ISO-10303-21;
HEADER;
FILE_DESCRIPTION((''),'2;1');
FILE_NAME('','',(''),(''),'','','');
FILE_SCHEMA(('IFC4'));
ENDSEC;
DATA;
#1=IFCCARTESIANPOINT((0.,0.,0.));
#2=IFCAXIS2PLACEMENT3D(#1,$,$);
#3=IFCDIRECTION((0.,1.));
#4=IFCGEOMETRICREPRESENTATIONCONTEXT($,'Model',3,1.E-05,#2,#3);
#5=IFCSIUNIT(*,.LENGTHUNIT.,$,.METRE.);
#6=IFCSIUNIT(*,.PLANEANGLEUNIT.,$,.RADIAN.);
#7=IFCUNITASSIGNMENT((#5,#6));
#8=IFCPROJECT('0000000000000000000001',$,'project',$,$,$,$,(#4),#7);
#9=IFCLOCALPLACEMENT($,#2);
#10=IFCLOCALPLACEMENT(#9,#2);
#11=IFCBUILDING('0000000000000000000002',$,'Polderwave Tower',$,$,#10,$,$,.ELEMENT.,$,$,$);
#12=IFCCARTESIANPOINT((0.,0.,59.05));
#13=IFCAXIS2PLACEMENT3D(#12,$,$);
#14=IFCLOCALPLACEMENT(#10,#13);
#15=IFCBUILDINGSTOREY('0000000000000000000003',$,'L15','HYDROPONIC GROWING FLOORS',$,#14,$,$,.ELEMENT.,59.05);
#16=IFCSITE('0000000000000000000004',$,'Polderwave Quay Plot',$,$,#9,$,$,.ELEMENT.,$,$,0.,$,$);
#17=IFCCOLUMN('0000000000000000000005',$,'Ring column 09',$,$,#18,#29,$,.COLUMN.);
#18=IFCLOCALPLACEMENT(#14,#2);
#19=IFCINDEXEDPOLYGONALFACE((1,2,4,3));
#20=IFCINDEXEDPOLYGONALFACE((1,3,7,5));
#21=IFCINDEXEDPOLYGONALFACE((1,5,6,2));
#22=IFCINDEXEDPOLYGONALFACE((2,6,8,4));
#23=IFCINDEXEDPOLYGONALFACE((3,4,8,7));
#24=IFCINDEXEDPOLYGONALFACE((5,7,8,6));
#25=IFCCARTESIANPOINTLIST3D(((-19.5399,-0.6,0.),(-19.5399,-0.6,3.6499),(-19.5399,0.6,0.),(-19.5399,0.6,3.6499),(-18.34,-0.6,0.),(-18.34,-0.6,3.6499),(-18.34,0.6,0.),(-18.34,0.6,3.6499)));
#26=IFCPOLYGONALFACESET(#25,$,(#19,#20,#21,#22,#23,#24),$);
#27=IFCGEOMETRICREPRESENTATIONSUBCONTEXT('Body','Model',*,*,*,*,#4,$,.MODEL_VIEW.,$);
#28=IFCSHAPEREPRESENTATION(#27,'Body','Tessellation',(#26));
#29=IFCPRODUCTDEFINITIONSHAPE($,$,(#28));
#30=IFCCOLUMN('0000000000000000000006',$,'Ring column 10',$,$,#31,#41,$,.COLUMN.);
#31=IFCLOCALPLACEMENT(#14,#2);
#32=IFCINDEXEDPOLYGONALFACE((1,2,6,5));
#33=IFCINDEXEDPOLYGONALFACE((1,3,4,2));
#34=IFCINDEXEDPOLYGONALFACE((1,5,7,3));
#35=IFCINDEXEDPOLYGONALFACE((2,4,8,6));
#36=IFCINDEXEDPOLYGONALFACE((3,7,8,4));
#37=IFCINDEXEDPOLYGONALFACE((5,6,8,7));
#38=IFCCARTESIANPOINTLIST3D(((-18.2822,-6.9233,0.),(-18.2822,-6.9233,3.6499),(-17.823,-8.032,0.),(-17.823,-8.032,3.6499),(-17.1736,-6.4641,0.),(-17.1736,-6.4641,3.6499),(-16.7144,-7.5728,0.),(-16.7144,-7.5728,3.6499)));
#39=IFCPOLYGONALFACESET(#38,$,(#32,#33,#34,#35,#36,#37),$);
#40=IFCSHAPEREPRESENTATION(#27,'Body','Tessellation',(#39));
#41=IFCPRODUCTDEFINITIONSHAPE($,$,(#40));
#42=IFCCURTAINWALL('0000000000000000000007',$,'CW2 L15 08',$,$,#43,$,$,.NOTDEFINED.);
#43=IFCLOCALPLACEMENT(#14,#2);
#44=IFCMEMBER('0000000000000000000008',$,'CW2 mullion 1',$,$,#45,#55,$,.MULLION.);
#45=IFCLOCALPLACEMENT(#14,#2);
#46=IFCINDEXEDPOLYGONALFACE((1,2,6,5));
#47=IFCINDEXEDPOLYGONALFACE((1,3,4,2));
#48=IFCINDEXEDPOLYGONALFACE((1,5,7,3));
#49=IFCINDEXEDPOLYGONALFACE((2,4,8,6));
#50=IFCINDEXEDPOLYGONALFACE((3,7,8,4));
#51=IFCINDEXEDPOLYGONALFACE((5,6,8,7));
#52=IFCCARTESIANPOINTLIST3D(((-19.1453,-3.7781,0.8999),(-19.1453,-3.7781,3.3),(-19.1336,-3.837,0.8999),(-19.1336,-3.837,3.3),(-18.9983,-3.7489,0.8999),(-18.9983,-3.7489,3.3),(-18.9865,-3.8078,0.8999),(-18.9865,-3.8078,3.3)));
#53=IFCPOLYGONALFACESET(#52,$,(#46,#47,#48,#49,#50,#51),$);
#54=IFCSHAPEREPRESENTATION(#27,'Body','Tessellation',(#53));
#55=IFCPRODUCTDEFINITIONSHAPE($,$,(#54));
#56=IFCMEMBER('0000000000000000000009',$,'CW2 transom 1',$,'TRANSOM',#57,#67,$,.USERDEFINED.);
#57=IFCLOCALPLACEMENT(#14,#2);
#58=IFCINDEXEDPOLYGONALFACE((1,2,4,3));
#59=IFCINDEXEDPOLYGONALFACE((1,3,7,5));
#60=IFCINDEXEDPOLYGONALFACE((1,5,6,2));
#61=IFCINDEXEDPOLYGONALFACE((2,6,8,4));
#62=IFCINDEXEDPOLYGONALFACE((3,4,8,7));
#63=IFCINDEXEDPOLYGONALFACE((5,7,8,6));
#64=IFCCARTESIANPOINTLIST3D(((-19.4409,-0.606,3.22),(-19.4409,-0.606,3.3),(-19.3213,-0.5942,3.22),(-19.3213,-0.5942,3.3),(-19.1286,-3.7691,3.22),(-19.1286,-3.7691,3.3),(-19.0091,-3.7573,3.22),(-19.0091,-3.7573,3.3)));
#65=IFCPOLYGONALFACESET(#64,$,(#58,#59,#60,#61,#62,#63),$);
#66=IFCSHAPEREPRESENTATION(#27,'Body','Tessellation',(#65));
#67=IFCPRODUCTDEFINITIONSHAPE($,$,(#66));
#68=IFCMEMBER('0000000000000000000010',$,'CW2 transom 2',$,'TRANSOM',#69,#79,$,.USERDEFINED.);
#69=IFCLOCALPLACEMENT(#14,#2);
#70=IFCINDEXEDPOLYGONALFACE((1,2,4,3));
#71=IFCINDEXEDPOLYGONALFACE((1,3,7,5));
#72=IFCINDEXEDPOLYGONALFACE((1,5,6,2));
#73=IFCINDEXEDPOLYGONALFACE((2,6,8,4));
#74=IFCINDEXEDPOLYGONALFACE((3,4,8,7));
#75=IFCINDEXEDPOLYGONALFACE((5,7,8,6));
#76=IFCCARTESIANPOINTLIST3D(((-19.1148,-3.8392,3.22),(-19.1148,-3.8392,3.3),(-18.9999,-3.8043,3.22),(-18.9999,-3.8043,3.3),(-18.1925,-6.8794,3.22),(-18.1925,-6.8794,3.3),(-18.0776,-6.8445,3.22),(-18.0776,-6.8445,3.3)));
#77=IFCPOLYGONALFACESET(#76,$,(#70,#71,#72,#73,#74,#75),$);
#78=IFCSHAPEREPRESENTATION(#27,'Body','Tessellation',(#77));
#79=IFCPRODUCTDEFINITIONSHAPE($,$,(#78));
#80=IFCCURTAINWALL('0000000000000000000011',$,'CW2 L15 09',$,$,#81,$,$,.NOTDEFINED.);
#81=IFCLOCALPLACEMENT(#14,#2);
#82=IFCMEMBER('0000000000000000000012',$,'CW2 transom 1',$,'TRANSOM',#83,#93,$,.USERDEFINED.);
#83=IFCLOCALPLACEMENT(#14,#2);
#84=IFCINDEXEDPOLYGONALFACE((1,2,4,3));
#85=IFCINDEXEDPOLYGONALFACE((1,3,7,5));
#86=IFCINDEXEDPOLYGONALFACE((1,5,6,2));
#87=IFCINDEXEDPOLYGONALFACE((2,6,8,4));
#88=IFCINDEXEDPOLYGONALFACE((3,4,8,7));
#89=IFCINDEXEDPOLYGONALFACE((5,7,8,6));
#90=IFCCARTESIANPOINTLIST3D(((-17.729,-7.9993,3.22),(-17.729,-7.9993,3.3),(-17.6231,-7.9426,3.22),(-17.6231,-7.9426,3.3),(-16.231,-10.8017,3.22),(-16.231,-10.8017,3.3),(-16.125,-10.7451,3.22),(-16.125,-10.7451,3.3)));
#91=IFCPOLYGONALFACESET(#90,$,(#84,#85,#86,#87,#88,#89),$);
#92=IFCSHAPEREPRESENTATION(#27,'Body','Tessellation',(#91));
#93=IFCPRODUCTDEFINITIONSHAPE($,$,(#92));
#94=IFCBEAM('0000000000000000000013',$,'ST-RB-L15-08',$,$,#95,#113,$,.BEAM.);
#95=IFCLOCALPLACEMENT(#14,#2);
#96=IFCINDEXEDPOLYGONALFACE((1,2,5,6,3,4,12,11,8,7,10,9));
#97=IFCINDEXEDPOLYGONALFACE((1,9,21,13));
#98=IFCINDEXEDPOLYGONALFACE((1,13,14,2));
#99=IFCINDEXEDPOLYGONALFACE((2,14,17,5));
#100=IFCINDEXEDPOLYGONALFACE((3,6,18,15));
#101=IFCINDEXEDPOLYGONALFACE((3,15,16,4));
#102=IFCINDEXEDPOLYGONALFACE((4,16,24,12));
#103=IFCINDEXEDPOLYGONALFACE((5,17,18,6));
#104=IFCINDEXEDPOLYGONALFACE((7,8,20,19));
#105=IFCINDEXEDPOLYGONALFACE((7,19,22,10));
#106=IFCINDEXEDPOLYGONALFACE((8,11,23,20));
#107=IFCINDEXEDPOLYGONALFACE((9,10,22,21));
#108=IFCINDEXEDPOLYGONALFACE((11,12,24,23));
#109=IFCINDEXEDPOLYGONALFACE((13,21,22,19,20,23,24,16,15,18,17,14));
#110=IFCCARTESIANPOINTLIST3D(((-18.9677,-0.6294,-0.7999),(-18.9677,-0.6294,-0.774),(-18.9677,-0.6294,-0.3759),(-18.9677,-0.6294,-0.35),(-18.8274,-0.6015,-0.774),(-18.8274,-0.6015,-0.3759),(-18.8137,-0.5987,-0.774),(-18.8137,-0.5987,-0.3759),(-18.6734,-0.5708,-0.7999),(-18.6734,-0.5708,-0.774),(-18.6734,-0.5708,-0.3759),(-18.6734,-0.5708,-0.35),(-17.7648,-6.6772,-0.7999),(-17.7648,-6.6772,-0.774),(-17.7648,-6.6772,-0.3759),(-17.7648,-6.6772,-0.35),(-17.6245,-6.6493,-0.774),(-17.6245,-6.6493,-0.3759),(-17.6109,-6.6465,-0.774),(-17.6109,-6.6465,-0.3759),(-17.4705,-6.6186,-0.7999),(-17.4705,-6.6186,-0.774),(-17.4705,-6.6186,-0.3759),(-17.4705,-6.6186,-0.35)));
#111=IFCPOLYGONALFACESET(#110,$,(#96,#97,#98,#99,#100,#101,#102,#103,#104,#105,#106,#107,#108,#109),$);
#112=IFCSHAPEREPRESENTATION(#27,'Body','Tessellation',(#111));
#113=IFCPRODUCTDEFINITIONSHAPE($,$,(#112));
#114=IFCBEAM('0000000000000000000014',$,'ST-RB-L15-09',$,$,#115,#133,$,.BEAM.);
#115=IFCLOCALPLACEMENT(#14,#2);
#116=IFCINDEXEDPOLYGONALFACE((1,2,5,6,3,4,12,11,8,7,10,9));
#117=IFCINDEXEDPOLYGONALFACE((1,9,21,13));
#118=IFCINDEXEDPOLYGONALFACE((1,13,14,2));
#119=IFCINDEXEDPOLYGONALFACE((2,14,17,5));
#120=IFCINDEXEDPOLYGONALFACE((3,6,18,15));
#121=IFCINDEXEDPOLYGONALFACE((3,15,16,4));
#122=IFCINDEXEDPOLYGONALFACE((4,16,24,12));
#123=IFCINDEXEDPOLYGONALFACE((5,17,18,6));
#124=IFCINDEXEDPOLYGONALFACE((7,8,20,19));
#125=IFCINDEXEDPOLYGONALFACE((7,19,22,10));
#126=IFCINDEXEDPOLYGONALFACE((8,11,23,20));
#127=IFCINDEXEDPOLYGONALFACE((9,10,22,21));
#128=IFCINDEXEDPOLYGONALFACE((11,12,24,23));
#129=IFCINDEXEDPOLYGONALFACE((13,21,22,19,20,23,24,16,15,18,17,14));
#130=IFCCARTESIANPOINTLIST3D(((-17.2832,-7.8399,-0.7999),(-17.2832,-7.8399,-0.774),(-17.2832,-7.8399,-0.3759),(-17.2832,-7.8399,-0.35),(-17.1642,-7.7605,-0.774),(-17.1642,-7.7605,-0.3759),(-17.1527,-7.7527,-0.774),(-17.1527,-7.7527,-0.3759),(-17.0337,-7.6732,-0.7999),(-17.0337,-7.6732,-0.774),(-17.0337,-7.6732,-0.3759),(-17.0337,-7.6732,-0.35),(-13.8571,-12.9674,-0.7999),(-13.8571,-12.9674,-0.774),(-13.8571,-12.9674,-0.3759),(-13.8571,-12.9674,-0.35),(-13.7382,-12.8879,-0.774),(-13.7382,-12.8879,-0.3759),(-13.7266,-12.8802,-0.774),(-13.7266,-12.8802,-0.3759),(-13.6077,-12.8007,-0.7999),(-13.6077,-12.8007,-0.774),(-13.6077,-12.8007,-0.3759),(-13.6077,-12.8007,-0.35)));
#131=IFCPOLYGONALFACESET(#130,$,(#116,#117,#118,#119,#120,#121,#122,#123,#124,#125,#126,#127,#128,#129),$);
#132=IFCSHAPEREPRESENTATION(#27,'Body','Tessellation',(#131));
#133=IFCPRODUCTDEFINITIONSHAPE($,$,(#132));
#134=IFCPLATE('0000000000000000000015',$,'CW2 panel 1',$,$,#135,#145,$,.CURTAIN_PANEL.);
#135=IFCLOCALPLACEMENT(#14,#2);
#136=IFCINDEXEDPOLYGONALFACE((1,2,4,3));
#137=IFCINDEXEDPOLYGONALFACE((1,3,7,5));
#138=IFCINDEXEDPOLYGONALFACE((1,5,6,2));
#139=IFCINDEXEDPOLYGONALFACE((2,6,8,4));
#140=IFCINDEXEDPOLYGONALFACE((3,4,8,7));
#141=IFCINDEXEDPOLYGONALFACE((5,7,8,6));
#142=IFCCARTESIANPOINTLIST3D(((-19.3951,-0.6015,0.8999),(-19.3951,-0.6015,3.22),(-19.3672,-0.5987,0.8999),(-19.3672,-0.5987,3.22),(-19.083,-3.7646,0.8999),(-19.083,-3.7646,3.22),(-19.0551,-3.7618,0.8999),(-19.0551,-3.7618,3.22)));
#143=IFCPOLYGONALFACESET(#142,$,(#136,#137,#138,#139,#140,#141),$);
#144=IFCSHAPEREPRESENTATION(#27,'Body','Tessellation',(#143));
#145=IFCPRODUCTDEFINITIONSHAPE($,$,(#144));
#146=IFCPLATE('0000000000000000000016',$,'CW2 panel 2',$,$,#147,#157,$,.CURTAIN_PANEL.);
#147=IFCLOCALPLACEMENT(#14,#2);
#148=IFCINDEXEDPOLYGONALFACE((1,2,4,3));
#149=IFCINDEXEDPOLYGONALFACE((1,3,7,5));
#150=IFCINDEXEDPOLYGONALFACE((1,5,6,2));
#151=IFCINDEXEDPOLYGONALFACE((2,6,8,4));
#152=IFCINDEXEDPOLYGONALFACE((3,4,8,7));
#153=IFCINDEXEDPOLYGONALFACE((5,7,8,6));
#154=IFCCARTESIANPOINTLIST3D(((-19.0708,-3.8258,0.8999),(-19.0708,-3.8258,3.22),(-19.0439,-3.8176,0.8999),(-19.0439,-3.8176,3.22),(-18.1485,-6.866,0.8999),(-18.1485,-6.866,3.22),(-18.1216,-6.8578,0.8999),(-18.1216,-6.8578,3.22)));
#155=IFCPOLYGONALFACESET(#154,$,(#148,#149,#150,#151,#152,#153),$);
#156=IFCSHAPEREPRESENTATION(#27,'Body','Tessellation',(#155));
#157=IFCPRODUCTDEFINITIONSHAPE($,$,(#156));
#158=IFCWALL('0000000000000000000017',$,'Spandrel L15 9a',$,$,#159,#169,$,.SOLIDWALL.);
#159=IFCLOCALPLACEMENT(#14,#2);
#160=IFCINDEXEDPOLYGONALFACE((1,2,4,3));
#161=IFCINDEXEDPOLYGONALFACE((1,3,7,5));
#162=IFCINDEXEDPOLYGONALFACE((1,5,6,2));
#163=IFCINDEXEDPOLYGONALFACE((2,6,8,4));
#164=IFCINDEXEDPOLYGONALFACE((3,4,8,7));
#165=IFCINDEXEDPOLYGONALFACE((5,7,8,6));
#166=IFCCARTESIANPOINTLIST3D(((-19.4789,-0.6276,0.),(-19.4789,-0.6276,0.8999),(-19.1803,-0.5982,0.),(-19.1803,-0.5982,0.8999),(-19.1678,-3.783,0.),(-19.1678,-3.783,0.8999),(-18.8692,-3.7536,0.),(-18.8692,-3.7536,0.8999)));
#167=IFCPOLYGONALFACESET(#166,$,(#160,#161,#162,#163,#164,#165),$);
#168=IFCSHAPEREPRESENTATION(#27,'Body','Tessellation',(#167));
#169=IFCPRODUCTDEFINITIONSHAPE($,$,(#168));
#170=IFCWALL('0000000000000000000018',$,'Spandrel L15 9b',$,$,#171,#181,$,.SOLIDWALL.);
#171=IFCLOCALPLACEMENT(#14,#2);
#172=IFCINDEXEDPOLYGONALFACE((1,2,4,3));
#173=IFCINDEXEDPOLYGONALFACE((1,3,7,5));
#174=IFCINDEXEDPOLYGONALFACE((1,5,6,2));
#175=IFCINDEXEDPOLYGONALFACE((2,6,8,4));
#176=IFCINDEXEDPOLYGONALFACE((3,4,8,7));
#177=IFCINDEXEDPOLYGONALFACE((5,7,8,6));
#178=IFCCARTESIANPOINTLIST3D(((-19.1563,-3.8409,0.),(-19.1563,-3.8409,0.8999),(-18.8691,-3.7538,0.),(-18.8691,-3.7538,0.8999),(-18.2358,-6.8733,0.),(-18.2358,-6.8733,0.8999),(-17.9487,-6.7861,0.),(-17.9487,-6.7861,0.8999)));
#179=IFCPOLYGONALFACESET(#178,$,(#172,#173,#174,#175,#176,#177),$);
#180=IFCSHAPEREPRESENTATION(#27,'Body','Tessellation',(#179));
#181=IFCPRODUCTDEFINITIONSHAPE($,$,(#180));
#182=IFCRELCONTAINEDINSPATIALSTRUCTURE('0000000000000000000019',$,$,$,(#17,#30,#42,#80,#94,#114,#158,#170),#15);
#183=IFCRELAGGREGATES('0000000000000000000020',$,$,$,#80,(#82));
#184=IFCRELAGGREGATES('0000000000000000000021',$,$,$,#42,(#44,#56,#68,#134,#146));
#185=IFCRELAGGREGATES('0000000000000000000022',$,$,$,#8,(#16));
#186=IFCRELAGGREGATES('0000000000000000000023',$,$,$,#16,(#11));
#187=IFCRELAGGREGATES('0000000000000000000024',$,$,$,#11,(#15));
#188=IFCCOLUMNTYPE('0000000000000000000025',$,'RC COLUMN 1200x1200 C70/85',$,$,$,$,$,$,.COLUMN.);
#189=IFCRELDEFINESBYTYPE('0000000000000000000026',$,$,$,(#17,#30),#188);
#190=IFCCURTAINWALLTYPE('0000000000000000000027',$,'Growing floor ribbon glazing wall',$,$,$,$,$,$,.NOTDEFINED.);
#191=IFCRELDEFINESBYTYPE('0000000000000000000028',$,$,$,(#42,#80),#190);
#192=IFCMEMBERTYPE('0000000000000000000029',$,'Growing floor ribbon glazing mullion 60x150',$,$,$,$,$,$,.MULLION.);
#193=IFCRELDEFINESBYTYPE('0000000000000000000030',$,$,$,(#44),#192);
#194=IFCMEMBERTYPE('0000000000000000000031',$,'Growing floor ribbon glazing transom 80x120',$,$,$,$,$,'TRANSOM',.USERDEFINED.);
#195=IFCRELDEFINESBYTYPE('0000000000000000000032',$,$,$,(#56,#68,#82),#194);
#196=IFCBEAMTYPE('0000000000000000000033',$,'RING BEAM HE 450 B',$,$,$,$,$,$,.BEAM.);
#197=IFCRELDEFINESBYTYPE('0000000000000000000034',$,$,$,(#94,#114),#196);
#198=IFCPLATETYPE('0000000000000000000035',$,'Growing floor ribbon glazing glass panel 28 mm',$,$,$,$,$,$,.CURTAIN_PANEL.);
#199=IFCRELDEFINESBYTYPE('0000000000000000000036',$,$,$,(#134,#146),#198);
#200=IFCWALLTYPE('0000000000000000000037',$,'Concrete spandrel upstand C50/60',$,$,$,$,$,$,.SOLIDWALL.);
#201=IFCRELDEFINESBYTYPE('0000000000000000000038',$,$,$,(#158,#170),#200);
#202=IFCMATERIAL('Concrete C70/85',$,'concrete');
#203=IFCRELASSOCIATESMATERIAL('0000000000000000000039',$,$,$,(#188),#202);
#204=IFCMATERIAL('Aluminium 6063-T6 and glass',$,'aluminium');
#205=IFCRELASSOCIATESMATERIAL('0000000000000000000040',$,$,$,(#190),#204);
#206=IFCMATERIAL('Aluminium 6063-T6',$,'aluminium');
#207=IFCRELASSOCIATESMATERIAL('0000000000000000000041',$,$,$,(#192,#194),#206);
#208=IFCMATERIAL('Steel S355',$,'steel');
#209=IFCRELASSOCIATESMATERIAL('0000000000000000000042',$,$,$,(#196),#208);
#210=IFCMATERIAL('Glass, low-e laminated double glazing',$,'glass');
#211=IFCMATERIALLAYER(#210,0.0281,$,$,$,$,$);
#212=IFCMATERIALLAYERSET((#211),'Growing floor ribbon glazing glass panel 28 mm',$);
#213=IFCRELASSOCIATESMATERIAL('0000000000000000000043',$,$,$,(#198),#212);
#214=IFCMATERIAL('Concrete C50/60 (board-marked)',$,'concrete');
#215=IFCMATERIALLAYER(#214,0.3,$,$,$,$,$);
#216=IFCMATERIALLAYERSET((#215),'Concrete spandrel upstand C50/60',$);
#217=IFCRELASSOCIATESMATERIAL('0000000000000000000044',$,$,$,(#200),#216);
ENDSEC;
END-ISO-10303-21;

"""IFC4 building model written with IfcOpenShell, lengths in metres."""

from ifc_helpers import new_model, si_unit, direction, frame, frame_2d, origin, origin_2d, place, context, subcontext, project, spatial, rectangle, i_section, extrude, material, layer, layer_set, material_profile, profile_set, type_object, element, aggregate, save


model = new_model("IFC4")

# Units and contexts
model_context = context("Model", 3, precision=1e-05, world=origin(), true_north=direction((0.0, 1.0)))
body_context = subcontext(model_context, "Body", "Model", "MODEL_VIEW")
ifc_project = project(units=[si_unit("LENGTHUNIT", "METRE"), si_unit("PLANEANGLEUNIT", "RADIAN")], contexts=[model_context])

# Site, building, storey
site_placement = place(None, origin())
site = spatial("IfcSite", under=ifc_project, at=site_placement, Name="Polderwave Quay Plot", CompositionType="ELEMENT", RefElevation=0.0)
building_placement = place(site_placement, origin())
building = spatial("IfcBuilding", under=site, at=building_placement, Name="Polderwave Tower", CompositionType="ELEMENT")
storey_placement = place(building_placement, frame((0.0, 0.0, 59.05)))
storey = spatial("IfcBuildingStorey", under=building, at=storey_placement, Name="L15", Description="HYDROPONIC GROWING FLOORS", CompositionType="ELEMENT", Elevation=59.05)

# Columns
ifc_material_1 = material(Name="Concrete C70/85", Category="concrete")
ifc_material_profile_1 = material_profile(ifc_material_1, rectangle(XDim=1.2, YDim=1.2, at=origin_2d()), Name="RC 1200x1200")
ifc_profile_set_1 = profile_set([ifc_material_profile_1], Name="Concrete C70/85")
column_type = type_object("IfcColumnType", Name="RC COLUMN 1200x1200 C70/85", PredefinedType="COLUMN", material=ifc_profile_set_1)
for number, where, z_axis, x_axis, name in (
    (1, (-18.9399, 0.0, 0.0), (0.0, 0.0, 1.0), (-1.0, 0.0, 0.0), "Ring column 09"),
    (2, (-17.4983, -7.248, 0.0), (0.0, 0.0, 1.0), (-0.92388, -0.382683, 0.0), "Ring column 10"),
):
    element("IfcColumn", number, at=place(storey_placement, frame(where, z_axis=z_axis, x_axis=x_axis)), inside=storey, type_object=column_type, Name=name, PredefinedType="COLUMN", context=body_context, shape_type="SweptSolid", body=[
        extrude(rectangle(XDim=1.2, YDim=1.2, at=origin_2d()), origin(), (0.0, 0.0, 1.0), 3.6499),
    ])

# Curtain wall, members
ifc_material_2 = material(Name="Aluminium 6063-T6 and glass", Category="aluminium")
curtain_wall_type = type_object("IfcCurtainWallType", Name="Growing floor ribbon glazing wall", PredefinedType="NOTDEFINED", material=ifc_material_2)
curtain_wall_1_placement = place(storey_placement, origin())
curtain_wall_1 = element("IfcCurtainWall", 3, at=curtain_wall_1_placement, inside=storey, type_object=curtain_wall_type, Name="CW2 L15 08", PredefinedType="NOTDEFINED")
ifc_material_3 = material(Name="Aluminium 6063-T6", Category="aluminium")
ifc_material_profile_2 = material_profile(ifc_material_3, rectangle(XDim=0.1499, YDim=0.0601, at=origin_2d()), Name="AL 60x150")
ifc_profile_set_2 = profile_set([ifc_material_profile_2], Name="Aluminium 6063-T6")
member_type_1 = type_object("IfcMemberType", Name="Growing floor ribbon glazing mullion 60x150", PredefinedType="MULLION", material=ifc_profile_set_2)
member_1_placement = place(storey_placement, frame((-19.0659, -3.793, 0.8999), z_axis=(0.0, 0.0, 1.0), x_axis=(0.980769, 0.195172, 0.0)))
member_1 = element("IfcMember", 4, at=member_1_placement, type_object=member_type_1, Name="CW2 mullion 1", PredefinedType="MULLION", context=body_context, shape_type="SweptSolid", body=[
    extrude(rectangle(XDim=0.1499, YDim=0.0601, at=origin_2d()), origin(), (0.0, 0.0, 1.0), 2.4001),
])
ifc_material_profile_3 = material_profile(ifc_material_3, rectangle(XDim=0.1201, YDim=0.0801, at=origin_2d()), Name="AL 80x120")
ifc_profile_set_3 = profile_set([ifc_material_profile_3], Name="Aluminium 6063-T6")
member_type_2 = type_object("IfcMemberType", Name="Growing floor ribbon glazing transom 80x120", ElementType="TRANSOM", PredefinedType="USERDEFINED", material=ifc_profile_set_3)
member_2_placement = place(storey_placement, frame((-19.3811, -0.6001, 3.26), z_axis=(0.098241, -0.995163, 0.0), x_axis=(0.995163, 0.098241, 0.0)))
member_2 = element("IfcMember", 5, at=member_2_placement, type_object=member_type_2, Name="CW2 transom 1", ObjectType="TRANSOM", PredefinedType="USERDEFINED", context=body_context, shape_type="SweptSolid", body=[
    extrude(rectangle(XDim=0.1201, YDim=0.0801, at=origin_2d()), origin(), (0.0, 0.0, 1.0), 3.1785),
])
member_3_placement = place(storey_placement, frame((-19.0574, -3.8218, 3.26), z_axis=(0.290314, -0.956931, 0.0), x_axis=(0.956931, 0.290314, 0.0)))
member_3 = element("IfcMember", 6, at=member_3_placement, type_object=member_type_2, Name="CW2 transom 2", ObjectType="TRANSOM", PredefinedType="USERDEFINED", context=body_context, shape_type="SweptSolid", body=[
    extrude(rectangle(XDim=0.1201, YDim=0.0801, at=origin_2d()), origin(), (0.0, 0.0, 1.0), 3.177),
])

# Curtain wall, member
curtain_wall_2_placement = place(storey_placement, origin())
curtain_wall_2 = element("IfcCurtainWall", 7, at=curtain_wall_2_placement, inside=storey, type_object=curtain_wall_type, Name="CW2 L15 09", PredefinedType="NOTDEFINED")
member_4_placement = place(storey_placement, frame((-17.676, -7.9709, 3.26), z_axis=(0.471417, -0.88191, 0.0), x_axis=(0.88191, 0.471417, 0.0)))
member_4 = element("IfcMember", 8, at=member_4_placement, type_object=member_type_2, Name="CW2 transom 1", ObjectType="TRANSOM", PredefinedType="USERDEFINED", context=body_context, shape_type="SweptSolid", body=[
    extrude(rectangle(XDim=0.1201, YDim=0.0801, at=origin_2d()), origin(), (0.0, 0.0, 1.0), 3.1777),
])
aggregate(curtain_wall_2, [member_4])

# Beams
ifc_material_4 = material(Name="Steel S355", Category="steel")
ifc_material_profile_4 = material_profile(ifc_material_4, i_section(OverallWidth=0.3, OverallDepth=0.45, WebThickness=0.0139, FlangeThickness=0.0259, at=origin_2d()), Name="HE 450 B")
ifc_profile_set_4 = profile_set([ifc_material_profile_4], Name="Steel S355")
beam_type = type_object("IfcBeamType", Name="RING BEAM HE 450 B", PredefinedType="BEAM", material=ifc_profile_set_4)
beam_1_placement = place(storey_placement, frame((-18.8206, -0.6001, -0.575), z_axis=(0.195073, -0.980789, 0.0), x_axis=(0.980789, 0.195073, 0.0)))
element("IfcBeam", 9, at=beam_1_placement, inside=storey, type_object=beam_type, Name="ST-RB-L15-08", PredefinedType="BEAM", context=body_context, shape_type="SweptSolid", body=[
    extrude(i_section(OverallWidth=0.3, OverallDepth=0.45, WebThickness=0.0139, FlangeThickness=0.0259, at=origin_2d()), origin(), (0.0, 0.0, 1.0), 6.1663),
])
beam_2_placement = place(storey_placement, frame((-17.1584, -7.7566, -0.575), z_axis=(0.555568, -0.831471, 0.0), x_axis=(0.831471, 0.555568, 0.0)))
element("IfcBeam", 10, at=beam_2_placement, inside=storey, type_object=beam_type, Name="ST-RB-L15-09", PredefinedType="BEAM", context=body_context, shape_type="SweptSolid", body=[
    extrude(i_section(OverallWidth=0.3, OverallDepth=0.45, WebThickness=0.0139, FlangeThickness=0.0259, at=origin_2d()), origin(), (0.0, 0.0, 1.0), 6.1667),
])

# Plates
ifc_material_5 = material(Name="Glass, low-e laminated double glazing", Category="glass")
ifc_layer_1 = layer(ifc_material_5, 0.0281)
ifc_layer_set_1 = layer_set([ifc_layer_1], Name="Growing floor ribbon glazing glass panel 28 mm")
plate_type = type_object("IfcPlateType", Name="Growing floor ribbon glazing glass panel 28 mm", PredefinedType="CURTAIN_PANEL", material=ifc_layer_set_1)
plate_1_placement = place(storey_placement, frame((-19.2251, -2.1816, 0.8999), z_axis=(0.0, 0.0, 1.0), x_axis=(0.098177, -0.995169, 0.0)))
plate_1 = element("IfcPlate", 11, at=plate_1_placement, type_object=plate_type, Name="CW2 panel 1", PredefinedType="CURTAIN_PANEL", context=body_context, shape_type="SweptSolid", body=[
    extrude(rectangle(XDim=3.1785, YDim=0.0281, at=origin_2d()), origin(), (0.0, 0.0, 1.0), 2.3201),
])
plate_2_placement = place(storey_placement, frame((-18.5962, -5.3418, 0.8999), z_axis=(0.0, 0.0, 1.0), x_axis=(0.290293, -0.956938, 0.0)))
plate_2 = element("IfcPlate", 12, at=plate_2_placement, type_object=plate_type, Name="CW2 panel 2", PredefinedType="CURTAIN_PANEL", context=body_context, shape_type="SweptSolid", body=[
    extrude(rectangle(XDim=3.177, YDim=0.0281, at=origin_2d()), origin(), (0.0, 0.0, 1.0), 2.3201),
])
aggregate(curtain_wall_1, [member_1, member_2, member_3, plate_1, plate_2])

# Walls
ifc_material_6 = material(Name="Concrete C50/60 (board-marked)", Category="concrete")
ifc_layer_2 = layer(ifc_material_6, 0.3)
ifc_layer_set_2 = layer_set([ifc_layer_2], Name="Concrete spandrel upstand C50/60")
wall_type_1 = type_object("IfcWallType", Name="Concrete spandrel upstand C50/60", PredefinedType="SOLIDWALL", material=ifc_layer_set_2)
wall_1_placement = place(storey_placement, frame((-19.3296, -0.6128, 0.0), z_axis=(0.0, 0.0, 1.0), x_axis=(0.098101, -0.995176, 0.0)))
element("IfcWall", 13, at=wall_1_placement, inside=storey, type_object=wall_type_1, Name="Spandrel L15 9a", PredefinedType="SOLIDWALL", context=body_context, shape_type="SweptSolid", body=[
    extrude(rectangle(XDim=3.1707, YDim=0.3, at=frame_2d((1.5854, 0.0))), origin(), (0.0, 0.0, 1.0), 0.8999),
])
wall_2_placement = place(storey_placement, frame((-19.0127, -3.7974, 0.0), z_axis=(0.0, 0.0, 1.0), x_axis=(0.290456, -0.956888, 0.0)))
element("IfcWall", 14, at=wall_2_placement, inside=storey, type_object=wall_type_1, Name="Spandrel L15 9b", PredefinedType="SOLIDWALL", context=body_context, shape_type="SweptSolid", body=[
    extrude(rectangle(XDim=3.1689, YDim=0.3, at=frame_2d((1.5845, 0.0))), origin(), (0.0, 0.0, 1.0), 0.8999),
])

save(model, "model.ifc")
